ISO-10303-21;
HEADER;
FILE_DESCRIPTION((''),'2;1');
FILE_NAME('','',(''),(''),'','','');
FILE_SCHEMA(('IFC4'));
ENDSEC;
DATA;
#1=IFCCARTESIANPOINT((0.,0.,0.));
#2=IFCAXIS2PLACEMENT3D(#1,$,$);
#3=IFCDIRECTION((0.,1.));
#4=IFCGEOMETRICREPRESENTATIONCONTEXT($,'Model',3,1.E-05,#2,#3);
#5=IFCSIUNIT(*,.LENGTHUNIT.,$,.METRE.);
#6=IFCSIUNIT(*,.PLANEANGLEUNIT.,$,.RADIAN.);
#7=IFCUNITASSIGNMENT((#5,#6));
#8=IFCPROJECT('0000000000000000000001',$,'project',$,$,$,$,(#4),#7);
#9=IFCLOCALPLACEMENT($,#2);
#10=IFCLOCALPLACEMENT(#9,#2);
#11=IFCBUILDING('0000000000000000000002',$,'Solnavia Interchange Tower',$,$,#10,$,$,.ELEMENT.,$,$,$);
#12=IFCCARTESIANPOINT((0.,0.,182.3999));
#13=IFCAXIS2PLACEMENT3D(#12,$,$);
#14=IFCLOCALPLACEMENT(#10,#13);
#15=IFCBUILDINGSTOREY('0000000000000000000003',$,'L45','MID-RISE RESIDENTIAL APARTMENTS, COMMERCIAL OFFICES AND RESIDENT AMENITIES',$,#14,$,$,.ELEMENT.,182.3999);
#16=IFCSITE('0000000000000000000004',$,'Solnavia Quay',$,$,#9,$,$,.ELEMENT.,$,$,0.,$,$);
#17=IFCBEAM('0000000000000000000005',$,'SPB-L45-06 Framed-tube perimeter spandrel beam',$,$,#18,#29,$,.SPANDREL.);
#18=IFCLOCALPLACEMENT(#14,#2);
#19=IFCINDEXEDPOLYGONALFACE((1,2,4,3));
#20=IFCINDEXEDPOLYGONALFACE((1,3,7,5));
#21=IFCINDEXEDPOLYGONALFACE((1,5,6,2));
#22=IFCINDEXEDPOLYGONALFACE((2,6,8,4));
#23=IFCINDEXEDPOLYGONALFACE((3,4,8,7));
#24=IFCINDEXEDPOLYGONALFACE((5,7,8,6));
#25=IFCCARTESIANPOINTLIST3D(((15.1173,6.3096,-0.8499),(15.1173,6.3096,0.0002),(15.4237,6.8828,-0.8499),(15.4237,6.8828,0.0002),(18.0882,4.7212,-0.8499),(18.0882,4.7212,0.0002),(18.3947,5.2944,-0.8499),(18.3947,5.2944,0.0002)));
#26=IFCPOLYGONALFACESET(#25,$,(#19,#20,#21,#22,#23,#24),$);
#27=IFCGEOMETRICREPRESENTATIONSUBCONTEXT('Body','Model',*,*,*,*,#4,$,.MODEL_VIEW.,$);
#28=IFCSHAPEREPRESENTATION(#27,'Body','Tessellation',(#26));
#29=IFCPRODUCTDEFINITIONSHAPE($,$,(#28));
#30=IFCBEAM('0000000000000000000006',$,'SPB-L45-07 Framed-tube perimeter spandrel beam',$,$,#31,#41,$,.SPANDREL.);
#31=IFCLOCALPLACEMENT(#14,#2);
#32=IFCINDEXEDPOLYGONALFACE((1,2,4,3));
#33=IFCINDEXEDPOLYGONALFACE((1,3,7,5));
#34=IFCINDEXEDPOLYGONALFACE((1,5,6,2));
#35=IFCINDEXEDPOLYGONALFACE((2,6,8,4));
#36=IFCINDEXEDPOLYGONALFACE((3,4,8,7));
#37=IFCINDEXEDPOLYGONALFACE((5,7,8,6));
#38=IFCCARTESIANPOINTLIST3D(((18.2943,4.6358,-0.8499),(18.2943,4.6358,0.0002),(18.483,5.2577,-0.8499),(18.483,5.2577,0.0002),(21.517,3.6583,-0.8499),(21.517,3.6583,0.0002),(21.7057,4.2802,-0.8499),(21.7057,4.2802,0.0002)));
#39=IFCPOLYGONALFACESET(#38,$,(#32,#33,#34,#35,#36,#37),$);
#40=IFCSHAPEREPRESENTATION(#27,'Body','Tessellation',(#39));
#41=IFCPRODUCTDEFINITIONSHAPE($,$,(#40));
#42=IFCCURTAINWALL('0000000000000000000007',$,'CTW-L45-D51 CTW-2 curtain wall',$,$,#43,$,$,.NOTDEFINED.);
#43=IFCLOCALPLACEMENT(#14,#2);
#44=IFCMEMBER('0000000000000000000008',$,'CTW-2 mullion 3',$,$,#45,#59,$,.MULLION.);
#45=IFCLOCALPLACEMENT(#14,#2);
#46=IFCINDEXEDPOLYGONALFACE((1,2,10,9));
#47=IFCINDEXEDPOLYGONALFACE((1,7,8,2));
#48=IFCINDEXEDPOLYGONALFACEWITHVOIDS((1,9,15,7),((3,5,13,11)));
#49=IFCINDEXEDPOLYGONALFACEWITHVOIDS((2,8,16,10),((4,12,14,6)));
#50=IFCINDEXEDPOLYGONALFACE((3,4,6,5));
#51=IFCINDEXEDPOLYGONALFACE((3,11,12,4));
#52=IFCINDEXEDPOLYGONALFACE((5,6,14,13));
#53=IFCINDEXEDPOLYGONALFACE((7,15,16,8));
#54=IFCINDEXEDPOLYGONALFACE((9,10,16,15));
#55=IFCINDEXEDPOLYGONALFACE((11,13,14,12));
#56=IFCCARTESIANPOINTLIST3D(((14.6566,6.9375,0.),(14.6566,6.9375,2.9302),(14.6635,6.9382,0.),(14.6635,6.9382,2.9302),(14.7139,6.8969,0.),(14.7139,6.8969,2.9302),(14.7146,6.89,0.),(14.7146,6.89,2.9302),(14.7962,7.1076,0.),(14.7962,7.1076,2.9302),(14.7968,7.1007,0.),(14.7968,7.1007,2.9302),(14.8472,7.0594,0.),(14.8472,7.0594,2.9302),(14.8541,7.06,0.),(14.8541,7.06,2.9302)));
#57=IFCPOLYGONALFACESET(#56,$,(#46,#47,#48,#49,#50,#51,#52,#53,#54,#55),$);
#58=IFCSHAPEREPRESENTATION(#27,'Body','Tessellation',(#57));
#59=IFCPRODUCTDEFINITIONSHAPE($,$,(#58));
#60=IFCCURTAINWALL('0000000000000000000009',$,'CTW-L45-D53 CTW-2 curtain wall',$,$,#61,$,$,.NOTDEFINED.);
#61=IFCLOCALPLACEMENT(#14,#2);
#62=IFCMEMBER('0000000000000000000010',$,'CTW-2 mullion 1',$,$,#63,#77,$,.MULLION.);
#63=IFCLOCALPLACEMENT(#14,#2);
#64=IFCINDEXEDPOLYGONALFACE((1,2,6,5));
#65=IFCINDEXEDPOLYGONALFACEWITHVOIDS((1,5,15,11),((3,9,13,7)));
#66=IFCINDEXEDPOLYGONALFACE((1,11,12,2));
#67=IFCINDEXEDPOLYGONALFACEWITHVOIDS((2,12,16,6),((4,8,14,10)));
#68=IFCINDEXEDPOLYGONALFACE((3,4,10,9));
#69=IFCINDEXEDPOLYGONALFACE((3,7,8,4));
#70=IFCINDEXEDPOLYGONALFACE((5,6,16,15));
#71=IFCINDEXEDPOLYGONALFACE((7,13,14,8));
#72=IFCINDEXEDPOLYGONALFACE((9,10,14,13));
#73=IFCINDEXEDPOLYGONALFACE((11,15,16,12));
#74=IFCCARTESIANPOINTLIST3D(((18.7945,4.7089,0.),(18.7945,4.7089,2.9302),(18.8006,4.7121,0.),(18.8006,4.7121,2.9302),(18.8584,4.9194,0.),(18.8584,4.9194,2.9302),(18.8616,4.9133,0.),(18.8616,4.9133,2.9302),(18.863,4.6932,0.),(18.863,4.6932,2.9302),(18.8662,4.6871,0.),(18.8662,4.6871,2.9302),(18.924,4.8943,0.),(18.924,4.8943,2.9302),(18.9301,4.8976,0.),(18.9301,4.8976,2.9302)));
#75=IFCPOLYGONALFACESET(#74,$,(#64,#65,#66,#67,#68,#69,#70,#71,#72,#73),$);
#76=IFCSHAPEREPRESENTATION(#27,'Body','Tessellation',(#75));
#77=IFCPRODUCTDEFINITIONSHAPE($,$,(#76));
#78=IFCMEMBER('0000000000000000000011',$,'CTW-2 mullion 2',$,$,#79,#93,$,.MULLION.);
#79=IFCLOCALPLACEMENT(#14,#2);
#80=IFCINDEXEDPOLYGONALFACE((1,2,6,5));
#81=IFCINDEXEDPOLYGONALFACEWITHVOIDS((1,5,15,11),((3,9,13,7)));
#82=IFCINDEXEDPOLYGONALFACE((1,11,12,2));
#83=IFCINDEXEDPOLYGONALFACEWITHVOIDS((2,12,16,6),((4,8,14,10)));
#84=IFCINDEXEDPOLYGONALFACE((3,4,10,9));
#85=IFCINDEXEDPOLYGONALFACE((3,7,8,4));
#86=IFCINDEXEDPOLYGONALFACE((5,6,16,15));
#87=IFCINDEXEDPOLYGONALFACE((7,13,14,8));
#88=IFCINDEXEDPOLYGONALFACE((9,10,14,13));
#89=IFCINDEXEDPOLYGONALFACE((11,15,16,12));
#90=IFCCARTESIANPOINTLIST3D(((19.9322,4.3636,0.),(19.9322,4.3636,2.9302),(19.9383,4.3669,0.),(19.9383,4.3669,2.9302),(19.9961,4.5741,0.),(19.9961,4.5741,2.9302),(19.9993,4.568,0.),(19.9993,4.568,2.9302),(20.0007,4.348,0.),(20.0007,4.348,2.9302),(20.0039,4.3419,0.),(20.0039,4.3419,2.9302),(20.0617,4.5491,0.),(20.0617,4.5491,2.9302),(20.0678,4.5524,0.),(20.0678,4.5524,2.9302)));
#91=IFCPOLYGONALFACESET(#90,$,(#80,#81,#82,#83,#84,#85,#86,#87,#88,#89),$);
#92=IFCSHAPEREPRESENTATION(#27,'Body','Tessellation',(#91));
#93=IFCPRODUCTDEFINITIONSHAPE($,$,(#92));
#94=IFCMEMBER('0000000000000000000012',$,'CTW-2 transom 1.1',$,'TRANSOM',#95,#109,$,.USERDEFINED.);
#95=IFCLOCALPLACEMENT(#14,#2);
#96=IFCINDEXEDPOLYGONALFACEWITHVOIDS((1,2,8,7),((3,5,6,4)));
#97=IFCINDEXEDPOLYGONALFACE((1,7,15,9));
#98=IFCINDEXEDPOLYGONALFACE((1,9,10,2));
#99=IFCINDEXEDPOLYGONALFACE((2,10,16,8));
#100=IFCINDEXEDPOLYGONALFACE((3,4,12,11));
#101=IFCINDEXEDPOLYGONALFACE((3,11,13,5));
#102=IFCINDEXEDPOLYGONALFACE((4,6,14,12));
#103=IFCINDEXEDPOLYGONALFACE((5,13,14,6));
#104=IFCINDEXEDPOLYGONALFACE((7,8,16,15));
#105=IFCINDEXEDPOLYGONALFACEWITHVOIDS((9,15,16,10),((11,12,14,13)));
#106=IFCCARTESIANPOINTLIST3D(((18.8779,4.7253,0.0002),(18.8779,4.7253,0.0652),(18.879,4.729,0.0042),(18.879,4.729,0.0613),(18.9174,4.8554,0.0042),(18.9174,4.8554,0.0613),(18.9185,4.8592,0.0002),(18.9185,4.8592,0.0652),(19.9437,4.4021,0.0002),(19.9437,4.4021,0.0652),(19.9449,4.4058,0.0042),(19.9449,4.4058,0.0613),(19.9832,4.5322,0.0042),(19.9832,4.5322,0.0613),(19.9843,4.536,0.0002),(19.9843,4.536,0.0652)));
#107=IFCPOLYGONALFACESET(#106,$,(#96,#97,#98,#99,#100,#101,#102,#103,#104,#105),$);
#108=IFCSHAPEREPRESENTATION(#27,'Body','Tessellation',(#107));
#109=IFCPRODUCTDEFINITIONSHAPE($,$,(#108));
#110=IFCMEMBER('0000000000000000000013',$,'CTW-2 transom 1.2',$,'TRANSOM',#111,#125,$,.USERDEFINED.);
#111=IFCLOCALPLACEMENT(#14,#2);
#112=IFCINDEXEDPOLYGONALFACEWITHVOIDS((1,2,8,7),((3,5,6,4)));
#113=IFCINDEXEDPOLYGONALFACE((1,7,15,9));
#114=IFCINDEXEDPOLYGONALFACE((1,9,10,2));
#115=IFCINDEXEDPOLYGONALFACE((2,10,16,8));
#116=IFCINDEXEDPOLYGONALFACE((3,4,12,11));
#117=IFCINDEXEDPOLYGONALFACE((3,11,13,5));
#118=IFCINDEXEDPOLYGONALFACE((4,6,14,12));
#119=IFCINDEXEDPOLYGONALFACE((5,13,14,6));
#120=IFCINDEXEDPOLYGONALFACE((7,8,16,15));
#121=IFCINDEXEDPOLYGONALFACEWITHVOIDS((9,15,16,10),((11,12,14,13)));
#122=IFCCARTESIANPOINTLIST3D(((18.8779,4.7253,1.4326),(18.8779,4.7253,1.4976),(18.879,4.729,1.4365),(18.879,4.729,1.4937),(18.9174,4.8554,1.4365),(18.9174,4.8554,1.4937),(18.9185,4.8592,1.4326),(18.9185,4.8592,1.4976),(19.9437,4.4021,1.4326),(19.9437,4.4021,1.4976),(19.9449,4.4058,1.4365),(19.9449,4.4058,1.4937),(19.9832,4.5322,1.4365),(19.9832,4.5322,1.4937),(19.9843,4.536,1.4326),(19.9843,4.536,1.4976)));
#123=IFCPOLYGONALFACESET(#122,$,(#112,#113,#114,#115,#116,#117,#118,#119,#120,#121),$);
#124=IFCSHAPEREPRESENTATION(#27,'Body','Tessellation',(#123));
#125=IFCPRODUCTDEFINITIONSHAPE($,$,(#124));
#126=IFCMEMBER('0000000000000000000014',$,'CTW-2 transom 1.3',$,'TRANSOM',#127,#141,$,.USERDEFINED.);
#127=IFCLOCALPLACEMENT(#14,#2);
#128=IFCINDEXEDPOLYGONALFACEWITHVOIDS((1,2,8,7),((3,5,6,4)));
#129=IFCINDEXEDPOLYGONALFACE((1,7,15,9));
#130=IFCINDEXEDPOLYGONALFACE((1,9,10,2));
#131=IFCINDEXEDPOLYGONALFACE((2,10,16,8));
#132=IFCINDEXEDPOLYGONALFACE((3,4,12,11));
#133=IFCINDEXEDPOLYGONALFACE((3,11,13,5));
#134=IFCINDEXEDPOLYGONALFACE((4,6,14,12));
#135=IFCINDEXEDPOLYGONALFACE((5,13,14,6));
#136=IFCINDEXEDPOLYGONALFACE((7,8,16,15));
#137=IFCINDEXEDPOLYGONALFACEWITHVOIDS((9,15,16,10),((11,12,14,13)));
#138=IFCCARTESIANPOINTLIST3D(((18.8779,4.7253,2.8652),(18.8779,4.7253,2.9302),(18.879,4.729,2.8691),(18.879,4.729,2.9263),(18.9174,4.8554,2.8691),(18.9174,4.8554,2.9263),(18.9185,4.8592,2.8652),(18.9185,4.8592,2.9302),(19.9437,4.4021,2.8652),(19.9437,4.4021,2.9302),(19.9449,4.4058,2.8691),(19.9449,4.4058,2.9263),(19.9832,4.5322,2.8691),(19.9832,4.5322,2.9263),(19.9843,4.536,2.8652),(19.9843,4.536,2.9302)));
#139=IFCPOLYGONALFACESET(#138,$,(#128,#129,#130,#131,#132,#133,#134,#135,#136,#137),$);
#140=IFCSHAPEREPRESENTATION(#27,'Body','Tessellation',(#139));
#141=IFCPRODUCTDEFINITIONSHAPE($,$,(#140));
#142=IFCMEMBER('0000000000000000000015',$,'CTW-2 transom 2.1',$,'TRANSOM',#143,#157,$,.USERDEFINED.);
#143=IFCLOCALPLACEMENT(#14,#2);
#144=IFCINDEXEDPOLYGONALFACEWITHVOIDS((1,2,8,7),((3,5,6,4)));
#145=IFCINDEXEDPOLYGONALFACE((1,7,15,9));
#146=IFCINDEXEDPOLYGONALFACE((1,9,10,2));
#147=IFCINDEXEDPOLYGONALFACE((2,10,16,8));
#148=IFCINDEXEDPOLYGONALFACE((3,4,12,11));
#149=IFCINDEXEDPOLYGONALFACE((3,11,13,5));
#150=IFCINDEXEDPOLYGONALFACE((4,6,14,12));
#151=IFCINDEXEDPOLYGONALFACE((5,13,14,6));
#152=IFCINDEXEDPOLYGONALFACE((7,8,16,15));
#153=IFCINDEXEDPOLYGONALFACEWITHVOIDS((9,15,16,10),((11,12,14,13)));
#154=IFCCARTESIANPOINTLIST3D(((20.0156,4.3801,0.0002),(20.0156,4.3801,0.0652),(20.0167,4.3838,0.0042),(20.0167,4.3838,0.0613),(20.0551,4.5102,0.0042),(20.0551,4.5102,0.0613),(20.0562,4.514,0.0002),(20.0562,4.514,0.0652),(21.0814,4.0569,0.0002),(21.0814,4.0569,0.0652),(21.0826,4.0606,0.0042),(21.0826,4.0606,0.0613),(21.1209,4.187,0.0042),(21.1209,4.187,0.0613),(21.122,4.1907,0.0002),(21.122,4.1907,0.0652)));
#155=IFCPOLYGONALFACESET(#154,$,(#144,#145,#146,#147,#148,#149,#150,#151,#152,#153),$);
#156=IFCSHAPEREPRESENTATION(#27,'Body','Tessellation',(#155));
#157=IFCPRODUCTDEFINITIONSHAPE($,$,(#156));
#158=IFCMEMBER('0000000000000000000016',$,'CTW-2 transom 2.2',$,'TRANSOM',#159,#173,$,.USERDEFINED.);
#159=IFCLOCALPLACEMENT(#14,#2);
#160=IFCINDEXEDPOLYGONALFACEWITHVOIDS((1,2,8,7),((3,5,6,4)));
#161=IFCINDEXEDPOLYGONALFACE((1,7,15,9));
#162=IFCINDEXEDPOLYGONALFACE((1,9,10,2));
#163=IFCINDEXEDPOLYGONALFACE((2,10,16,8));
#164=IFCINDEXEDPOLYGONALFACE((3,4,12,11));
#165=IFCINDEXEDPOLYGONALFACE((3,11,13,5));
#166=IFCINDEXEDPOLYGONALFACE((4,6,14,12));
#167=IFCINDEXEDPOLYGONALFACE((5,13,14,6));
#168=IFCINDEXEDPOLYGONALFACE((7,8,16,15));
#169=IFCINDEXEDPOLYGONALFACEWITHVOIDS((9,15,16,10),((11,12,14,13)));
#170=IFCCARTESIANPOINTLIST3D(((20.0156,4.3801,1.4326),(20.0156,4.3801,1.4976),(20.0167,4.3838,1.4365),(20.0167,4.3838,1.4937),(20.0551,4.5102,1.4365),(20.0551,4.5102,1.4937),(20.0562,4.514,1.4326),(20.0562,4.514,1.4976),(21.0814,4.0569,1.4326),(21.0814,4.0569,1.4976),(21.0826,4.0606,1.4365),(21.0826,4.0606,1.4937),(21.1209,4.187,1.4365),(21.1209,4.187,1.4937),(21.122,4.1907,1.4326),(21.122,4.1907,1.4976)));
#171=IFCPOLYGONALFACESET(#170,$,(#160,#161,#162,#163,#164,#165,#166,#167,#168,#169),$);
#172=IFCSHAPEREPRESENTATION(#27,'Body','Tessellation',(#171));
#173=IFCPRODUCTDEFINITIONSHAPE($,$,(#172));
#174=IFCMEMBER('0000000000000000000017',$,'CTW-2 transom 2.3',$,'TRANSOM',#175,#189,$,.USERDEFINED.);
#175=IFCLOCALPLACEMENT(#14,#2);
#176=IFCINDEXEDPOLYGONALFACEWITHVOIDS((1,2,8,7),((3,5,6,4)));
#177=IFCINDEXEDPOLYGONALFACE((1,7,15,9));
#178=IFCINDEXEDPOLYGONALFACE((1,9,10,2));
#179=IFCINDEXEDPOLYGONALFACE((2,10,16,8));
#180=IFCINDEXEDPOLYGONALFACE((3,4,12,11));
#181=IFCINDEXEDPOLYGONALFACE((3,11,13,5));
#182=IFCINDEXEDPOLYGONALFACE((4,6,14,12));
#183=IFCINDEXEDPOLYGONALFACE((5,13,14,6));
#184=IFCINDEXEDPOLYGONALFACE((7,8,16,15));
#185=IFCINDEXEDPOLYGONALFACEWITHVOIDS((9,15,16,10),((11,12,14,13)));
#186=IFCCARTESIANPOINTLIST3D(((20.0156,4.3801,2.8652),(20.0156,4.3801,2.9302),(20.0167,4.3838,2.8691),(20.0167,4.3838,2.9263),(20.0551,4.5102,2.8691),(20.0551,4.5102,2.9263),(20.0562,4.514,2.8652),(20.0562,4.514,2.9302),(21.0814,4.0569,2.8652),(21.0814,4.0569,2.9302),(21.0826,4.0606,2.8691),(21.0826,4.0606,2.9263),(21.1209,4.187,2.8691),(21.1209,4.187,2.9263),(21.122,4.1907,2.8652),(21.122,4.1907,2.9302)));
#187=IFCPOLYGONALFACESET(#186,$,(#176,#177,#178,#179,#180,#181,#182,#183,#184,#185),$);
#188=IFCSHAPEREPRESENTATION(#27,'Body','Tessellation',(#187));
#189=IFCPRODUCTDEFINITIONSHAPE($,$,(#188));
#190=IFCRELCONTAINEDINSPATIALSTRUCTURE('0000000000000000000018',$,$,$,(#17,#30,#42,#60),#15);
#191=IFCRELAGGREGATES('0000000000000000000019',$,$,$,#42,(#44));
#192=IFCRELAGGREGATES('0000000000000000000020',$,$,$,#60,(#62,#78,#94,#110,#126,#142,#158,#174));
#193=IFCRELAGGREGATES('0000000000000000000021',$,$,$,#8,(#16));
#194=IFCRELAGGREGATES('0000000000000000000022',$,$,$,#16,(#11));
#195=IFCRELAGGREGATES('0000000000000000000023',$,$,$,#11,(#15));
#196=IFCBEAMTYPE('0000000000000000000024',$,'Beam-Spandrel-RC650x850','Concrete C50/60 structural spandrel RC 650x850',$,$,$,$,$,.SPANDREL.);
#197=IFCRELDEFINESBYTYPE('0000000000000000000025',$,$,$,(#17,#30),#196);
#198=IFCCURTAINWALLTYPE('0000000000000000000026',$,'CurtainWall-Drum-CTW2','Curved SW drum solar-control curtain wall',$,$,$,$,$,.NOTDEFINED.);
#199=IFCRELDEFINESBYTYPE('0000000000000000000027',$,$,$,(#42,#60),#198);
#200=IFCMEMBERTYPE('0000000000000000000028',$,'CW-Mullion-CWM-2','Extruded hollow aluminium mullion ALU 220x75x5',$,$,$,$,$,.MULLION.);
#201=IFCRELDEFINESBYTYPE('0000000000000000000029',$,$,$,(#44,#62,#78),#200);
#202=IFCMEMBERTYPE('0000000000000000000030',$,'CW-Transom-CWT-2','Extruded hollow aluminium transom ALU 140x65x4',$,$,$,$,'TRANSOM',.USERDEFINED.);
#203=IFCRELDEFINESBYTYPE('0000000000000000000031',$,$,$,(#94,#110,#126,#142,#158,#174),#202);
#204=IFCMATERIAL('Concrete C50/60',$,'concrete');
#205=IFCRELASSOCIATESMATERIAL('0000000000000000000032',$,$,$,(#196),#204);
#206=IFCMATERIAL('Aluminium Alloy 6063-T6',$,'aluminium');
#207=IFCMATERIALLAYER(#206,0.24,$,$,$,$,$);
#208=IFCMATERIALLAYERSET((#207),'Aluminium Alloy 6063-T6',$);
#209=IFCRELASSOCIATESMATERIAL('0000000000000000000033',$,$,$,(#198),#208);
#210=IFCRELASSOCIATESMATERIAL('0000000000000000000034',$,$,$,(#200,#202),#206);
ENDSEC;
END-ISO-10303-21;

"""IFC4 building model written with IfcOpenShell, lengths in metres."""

from ifc_helpers import new_model, si_unit, direction, frame, origin, origin_2d, place, context, subcontext, project, spatial, rectangle, hollow_rectangle, extrude, material, layer, layer_set, material_profile, profile_set, type_object, element, aggregate, save


model = new_model("IFC4")

# Units and contexts
model_context = context("Model", 3, precision=1e-05, world=origin(), true_north=direction((0.0, 1.0)))
body_context = subcontext(model_context, "Body", "Model", "MODEL_VIEW")
ifc_project = project(units=[si_unit("LENGTHUNIT", "METRE"), si_unit("PLANEANGLEUNIT", "RADIAN")], contexts=[model_context])

# Site, building, storey
site_placement = place(None, origin())
site = spatial("IfcSite", under=ifc_project, at=site_placement, Name="Solnavia Quay", CompositionType="ELEMENT", RefElevation=0.0)
building_placement = place(site_placement, origin())
building = spatial("IfcBuilding", under=site, at=building_placement, Name="Solnavia Interchange Tower", CompositionType="ELEMENT")
storey_placement = place(building_placement, frame((0.0, 0.0, 182.3999)))
storey = spatial("IfcBuildingStorey", under=building, at=storey_placement, Name="L45", Description="MID-RISE RESIDENTIAL APARTMENTS, COMMERCIAL OFFICES AND RESIDENT AMENITIES", CompositionType="ELEMENT", Elevation=182.3999)

# Shared definitions
ifc_material_1 = material(Name="Concrete C50/60", Category="concrete")

# Beams
ifc_material_profile_1 = material_profile(ifc_material_1, rectangle(XDim=0.6499, YDim=0.8501, at=origin_2d()), Name="RC 650x850")
ifc_profile_set_1 = profile_set([ifc_material_profile_1], Name="Concrete C50/60")
beam_type_1 = type_object("IfcBeamType", Name="Beam-Spandrel-RC650x850", Description="Concrete C50/60 structural spandrel RC 650x850", PredefinedType="SPANDREL", material=ifc_profile_set_1)
beam_1_placement = place(storey_placement, frame((15.2705, 6.5962, -0.4248), z_axis=(0.881875, -0.471483, 0.0), x_axis=(0.471483, 0.881875, 0.0)))
element("IfcBeam", 1, at=beam_1_placement, inside=storey, type_object=beam_type_1, Name="SPB-L45-06 Framed-tube perimeter spandrel beam", PredefinedType="SPANDREL", context=body_context, shape_type="SweptSolid", body=[
    extrude(rectangle(XDim=0.6499, YDim=0.8501, at=origin_2d()), origin(), (0.0, 0.0, 1.0), 3.3689),
])
beam_2_placement = place(storey_placement, frame((18.3887, 4.9468, -0.4248), z_axis=(0.956944, -0.290273, 0.0), x_axis=(0.290273, 0.956944, 0.0)))
element("IfcBeam", 2, at=beam_2_placement, inside=storey, type_object=beam_type_1, Name="SPB-L45-07 Framed-tube perimeter spandrel beam", PredefinedType="SPANDREL", context=body_context, shape_type="SweptSolid", body=[
    extrude(rectangle(XDim=0.6499, YDim=0.8501, at=origin_2d()), origin(), (0.0, 0.0, 1.0), 3.3677),
])

# Curtain wall, member
ifc_material_2 = material(Name="Aluminium Alloy 6063-T6", Category="aluminium")
ifc_layer_1 = layer(ifc_material_2, 0.24)
ifc_layer_set_1 = layer_set([ifc_layer_1], Name="Aluminium Alloy 6063-T6")
curtain_wall_type = type_object("IfcCurtainWallType", Name="CurtainWall-Drum-CTW2", Description="Curved SW drum solar-control curtain wall", PredefinedType="NOTDEFINED", material=ifc_layer_set_1)
curtain_wall_1_placement = place(storey_placement, origin())
curtain_wall_1 = element("IfcCurtainWall", 3, at=curtain_wall_1_placement, inside=storey, type_object=curtain_wall_type, Name="CTW-L45-D51 CTW-2 curtain wall", PredefinedType="NOTDEFINED")
ifc_material_profile_2 = material_profile(ifc_material_2, hollow_rectangle(XDim=0.075, YDim=0.22, WallThickness=0.0049, at=origin_2d()), Name="ALU 220x75x5")
ifc_profile_set_2 = profile_set([ifc_material_profile_2], Name="Aluminium Alloy 6063-T6")
member_type_1 = type_object("IfcMemberType", Name="CW-Mullion-CWM-2", Description="Extruded hollow aluminium mullion ALU 220x75x5", PredefinedType="MULLION", material=ifc_profile_set_2)
member_1_placement = place(storey_placement, frame((14.7554, 6.9988, 0.0), z_axis=(0.0, 0.0, 1.0), x_axis=(0.773103, -0.63428, 0.0)))
member_1 = element("IfcMember", 4, at=member_1_placement, type_object=member_type_1, Name="CTW-2 mullion 3", PredefinedType="MULLION", context=body_context, shape_type="SweptSolid", body=[
    extrude(hollow_rectangle(XDim=0.075, YDim=0.22, WallThickness=0.0049, at=origin_2d()), origin(), (0.0, 0.0, 1.0), 2.9302),
])

# Curtain wall, members
curtain_wall_2_placement = place(storey_placement, origin())
curtain_wall_2 = element("IfcCurtainWall", 5, at=curtain_wall_2_placement, inside=storey, type_object=curtain_wall_type, Name="CTW-L45-D53 CTW-2 curtain wall", PredefinedType="NOTDEFINED")
member_2_placement = place(storey_placement, frame((18.8623, 4.8032, 0.0), z_axis=(0.0, 0.0, 1.0), x_axis=(0.956942, -0.290279, 0.0)))
member_2 = element("IfcMember", 6, at=member_2_placement, type_object=member_type_1, Name="CTW-2 mullion 1", PredefinedType="MULLION", context=body_context, shape_type="SweptSolid", body=[
    extrude(hollow_rectangle(XDim=0.075, YDim=0.22, WallThickness=0.0049, at=origin_2d()), origin(), (0.0, 0.0, 1.0), 2.9302),
])
member_3_placement = place(storey_placement, frame((20.0, 4.458, 0.0), z_axis=(0.0, 0.0, 1.0), x_axis=(0.956942, -0.290279, 0.0)))
member_3 = element("IfcMember", 7, at=member_3_placement, type_object=member_type_1, Name="CTW-2 mullion 2", PredefinedType="MULLION", context=body_context, shape_type="SweptSolid", body=[
    extrude(hollow_rectangle(XDim=0.075, YDim=0.22, WallThickness=0.0049, at=origin_2d()), origin(), (0.0, 0.0, 1.0), 2.9302),
])
ifc_material_profile_3 = material_profile(ifc_material_2, hollow_rectangle(XDim=0.0649, YDim=0.1399, WallThickness=0.0039, at=origin_2d()), Name="ALU 140x65x4")
ifc_profile_set_3 = profile_set([ifc_material_profile_3], Name="Aluminium Alloy 6063-T6")
member_type_2 = type_object("IfcMemberType", Name="CW-Transom-CWT-2", Description="Extruded hollow aluminium transom ALU 140x65x4", ElementType="TRANSOM", PredefinedType="USERDEFINED", material=ifc_profile_set_3)
member_4_placement = place(storey_placement, frame((18.8982, 4.7922, 0.0327), z_axis=(0.956965, -0.290202, 0.0), x_axis=(0.0, 0.0, 1.0)))
member_4 = element("IfcMember", 8, at=member_4_placement, type_object=member_type_2, Name="CTW-2 transom 1.1", ObjectType="TRANSOM", PredefinedType="USERDEFINED", context=body_context, shape_type="SweptSolid", body=[
    extrude(hollow_rectangle(XDim=0.0649, YDim=0.1399, WallThickness=0.0039, at=origin_2d()), origin(), (0.0, 0.0, 1.0), 1.1138),
])
member_5_placement = place(storey_placement, frame((18.8982, 4.7922, 1.4651), z_axis=(0.956965, -0.290202, 0.0), x_axis=(0.0, 0.0, 1.0)))
member_5 = element("IfcMember", 9, at=member_5_placement, type_object=member_type_2, Name="CTW-2 transom 1.2", ObjectType="TRANSOM", PredefinedType="USERDEFINED", context=body_context, shape_type="SweptSolid", body=[
    extrude(hollow_rectangle(XDim=0.0649, YDim=0.1399, WallThickness=0.0039, at=origin_2d()), origin(), (0.0, 0.0, 1.0), 1.1138),
])
member_6_placement = place(storey_placement, frame((18.8982, 4.7922, 2.8977), z_axis=(0.956965, -0.290202, 0.0), x_axis=(0.0, 0.0, 1.0)))
member_6 = element("IfcMember", 10, at=member_6_placement, type_object=member_type_2, Name="CTW-2 transom 1.3", ObjectType="TRANSOM", PredefinedType="USERDEFINED", context=body_context, shape_type="SweptSolid", body=[
    extrude(hollow_rectangle(XDim=0.0649, YDim=0.1399, WallThickness=0.0039, at=origin_2d()), origin(), (0.0, 0.0, 1.0), 1.1138),
])
member_7_placement = place(storey_placement, frame((20.0359, 4.447, 0.0327), z_axis=(0.956965, -0.290202, 0.0), x_axis=(0.0, 0.0, 1.0)))
member_7 = element("IfcMember", 11, at=member_7_placement, type_object=member_type_2, Name="CTW-2 transom 2.1", ObjectType="TRANSOM", PredefinedType="USERDEFINED", context=body_context, shape_type="SweptSolid", body=[
    extrude(hollow_rectangle(XDim=0.0649, YDim=0.1399, WallThickness=0.0039, at=origin_2d()), origin(), (0.0, 0.0, 1.0), 1.1138),
])
member_8_placement = place(storey_placement, frame((20.0359, 4.447, 1.4651), z_axis=(0.956965, -0.290202, 0.0), x_axis=(0.0, 0.0, 1.0)))
member_8 = element("IfcMember", 12, at=member_8_placement, type_object=member_type_2, Name="CTW-2 transom 2.2", ObjectType="TRANSOM", PredefinedType="USERDEFINED", context=body_context, shape_type="SweptSolid", body=[
    extrude(hollow_rectangle(XDim=0.0649, YDim=0.1399, WallThickness=0.0039, at=origin_2d()), origin(), (0.0, 0.0, 1.0), 1.1138),
])
member_9_placement = place(storey_placement, frame((20.0359, 4.447, 2.8977), z_axis=(0.956965, -0.290202, 0.0), x_axis=(0.0, 0.0, 1.0)))
member_9 = element("IfcMember", 13, at=member_9_placement, type_object=member_type_2, Name="CTW-2 transom 2.3", ObjectType="TRANSOM", PredefinedType="USERDEFINED", context=body_context, shape_type="SweptSolid", body=[
    extrude(hollow_rectangle(XDim=0.0649, YDim=0.1399, WallThickness=0.0039, at=origin_2d()), origin(), (0.0, 0.0, 1.0), 1.1138),
])

aggregate(curtain_wall_1, [member_1])
aggregate(curtain_wall_2, [member_2, member_3, member_4, member_5, member_6, member_7, member_8, member_9])

save(model, "model.ifc")
